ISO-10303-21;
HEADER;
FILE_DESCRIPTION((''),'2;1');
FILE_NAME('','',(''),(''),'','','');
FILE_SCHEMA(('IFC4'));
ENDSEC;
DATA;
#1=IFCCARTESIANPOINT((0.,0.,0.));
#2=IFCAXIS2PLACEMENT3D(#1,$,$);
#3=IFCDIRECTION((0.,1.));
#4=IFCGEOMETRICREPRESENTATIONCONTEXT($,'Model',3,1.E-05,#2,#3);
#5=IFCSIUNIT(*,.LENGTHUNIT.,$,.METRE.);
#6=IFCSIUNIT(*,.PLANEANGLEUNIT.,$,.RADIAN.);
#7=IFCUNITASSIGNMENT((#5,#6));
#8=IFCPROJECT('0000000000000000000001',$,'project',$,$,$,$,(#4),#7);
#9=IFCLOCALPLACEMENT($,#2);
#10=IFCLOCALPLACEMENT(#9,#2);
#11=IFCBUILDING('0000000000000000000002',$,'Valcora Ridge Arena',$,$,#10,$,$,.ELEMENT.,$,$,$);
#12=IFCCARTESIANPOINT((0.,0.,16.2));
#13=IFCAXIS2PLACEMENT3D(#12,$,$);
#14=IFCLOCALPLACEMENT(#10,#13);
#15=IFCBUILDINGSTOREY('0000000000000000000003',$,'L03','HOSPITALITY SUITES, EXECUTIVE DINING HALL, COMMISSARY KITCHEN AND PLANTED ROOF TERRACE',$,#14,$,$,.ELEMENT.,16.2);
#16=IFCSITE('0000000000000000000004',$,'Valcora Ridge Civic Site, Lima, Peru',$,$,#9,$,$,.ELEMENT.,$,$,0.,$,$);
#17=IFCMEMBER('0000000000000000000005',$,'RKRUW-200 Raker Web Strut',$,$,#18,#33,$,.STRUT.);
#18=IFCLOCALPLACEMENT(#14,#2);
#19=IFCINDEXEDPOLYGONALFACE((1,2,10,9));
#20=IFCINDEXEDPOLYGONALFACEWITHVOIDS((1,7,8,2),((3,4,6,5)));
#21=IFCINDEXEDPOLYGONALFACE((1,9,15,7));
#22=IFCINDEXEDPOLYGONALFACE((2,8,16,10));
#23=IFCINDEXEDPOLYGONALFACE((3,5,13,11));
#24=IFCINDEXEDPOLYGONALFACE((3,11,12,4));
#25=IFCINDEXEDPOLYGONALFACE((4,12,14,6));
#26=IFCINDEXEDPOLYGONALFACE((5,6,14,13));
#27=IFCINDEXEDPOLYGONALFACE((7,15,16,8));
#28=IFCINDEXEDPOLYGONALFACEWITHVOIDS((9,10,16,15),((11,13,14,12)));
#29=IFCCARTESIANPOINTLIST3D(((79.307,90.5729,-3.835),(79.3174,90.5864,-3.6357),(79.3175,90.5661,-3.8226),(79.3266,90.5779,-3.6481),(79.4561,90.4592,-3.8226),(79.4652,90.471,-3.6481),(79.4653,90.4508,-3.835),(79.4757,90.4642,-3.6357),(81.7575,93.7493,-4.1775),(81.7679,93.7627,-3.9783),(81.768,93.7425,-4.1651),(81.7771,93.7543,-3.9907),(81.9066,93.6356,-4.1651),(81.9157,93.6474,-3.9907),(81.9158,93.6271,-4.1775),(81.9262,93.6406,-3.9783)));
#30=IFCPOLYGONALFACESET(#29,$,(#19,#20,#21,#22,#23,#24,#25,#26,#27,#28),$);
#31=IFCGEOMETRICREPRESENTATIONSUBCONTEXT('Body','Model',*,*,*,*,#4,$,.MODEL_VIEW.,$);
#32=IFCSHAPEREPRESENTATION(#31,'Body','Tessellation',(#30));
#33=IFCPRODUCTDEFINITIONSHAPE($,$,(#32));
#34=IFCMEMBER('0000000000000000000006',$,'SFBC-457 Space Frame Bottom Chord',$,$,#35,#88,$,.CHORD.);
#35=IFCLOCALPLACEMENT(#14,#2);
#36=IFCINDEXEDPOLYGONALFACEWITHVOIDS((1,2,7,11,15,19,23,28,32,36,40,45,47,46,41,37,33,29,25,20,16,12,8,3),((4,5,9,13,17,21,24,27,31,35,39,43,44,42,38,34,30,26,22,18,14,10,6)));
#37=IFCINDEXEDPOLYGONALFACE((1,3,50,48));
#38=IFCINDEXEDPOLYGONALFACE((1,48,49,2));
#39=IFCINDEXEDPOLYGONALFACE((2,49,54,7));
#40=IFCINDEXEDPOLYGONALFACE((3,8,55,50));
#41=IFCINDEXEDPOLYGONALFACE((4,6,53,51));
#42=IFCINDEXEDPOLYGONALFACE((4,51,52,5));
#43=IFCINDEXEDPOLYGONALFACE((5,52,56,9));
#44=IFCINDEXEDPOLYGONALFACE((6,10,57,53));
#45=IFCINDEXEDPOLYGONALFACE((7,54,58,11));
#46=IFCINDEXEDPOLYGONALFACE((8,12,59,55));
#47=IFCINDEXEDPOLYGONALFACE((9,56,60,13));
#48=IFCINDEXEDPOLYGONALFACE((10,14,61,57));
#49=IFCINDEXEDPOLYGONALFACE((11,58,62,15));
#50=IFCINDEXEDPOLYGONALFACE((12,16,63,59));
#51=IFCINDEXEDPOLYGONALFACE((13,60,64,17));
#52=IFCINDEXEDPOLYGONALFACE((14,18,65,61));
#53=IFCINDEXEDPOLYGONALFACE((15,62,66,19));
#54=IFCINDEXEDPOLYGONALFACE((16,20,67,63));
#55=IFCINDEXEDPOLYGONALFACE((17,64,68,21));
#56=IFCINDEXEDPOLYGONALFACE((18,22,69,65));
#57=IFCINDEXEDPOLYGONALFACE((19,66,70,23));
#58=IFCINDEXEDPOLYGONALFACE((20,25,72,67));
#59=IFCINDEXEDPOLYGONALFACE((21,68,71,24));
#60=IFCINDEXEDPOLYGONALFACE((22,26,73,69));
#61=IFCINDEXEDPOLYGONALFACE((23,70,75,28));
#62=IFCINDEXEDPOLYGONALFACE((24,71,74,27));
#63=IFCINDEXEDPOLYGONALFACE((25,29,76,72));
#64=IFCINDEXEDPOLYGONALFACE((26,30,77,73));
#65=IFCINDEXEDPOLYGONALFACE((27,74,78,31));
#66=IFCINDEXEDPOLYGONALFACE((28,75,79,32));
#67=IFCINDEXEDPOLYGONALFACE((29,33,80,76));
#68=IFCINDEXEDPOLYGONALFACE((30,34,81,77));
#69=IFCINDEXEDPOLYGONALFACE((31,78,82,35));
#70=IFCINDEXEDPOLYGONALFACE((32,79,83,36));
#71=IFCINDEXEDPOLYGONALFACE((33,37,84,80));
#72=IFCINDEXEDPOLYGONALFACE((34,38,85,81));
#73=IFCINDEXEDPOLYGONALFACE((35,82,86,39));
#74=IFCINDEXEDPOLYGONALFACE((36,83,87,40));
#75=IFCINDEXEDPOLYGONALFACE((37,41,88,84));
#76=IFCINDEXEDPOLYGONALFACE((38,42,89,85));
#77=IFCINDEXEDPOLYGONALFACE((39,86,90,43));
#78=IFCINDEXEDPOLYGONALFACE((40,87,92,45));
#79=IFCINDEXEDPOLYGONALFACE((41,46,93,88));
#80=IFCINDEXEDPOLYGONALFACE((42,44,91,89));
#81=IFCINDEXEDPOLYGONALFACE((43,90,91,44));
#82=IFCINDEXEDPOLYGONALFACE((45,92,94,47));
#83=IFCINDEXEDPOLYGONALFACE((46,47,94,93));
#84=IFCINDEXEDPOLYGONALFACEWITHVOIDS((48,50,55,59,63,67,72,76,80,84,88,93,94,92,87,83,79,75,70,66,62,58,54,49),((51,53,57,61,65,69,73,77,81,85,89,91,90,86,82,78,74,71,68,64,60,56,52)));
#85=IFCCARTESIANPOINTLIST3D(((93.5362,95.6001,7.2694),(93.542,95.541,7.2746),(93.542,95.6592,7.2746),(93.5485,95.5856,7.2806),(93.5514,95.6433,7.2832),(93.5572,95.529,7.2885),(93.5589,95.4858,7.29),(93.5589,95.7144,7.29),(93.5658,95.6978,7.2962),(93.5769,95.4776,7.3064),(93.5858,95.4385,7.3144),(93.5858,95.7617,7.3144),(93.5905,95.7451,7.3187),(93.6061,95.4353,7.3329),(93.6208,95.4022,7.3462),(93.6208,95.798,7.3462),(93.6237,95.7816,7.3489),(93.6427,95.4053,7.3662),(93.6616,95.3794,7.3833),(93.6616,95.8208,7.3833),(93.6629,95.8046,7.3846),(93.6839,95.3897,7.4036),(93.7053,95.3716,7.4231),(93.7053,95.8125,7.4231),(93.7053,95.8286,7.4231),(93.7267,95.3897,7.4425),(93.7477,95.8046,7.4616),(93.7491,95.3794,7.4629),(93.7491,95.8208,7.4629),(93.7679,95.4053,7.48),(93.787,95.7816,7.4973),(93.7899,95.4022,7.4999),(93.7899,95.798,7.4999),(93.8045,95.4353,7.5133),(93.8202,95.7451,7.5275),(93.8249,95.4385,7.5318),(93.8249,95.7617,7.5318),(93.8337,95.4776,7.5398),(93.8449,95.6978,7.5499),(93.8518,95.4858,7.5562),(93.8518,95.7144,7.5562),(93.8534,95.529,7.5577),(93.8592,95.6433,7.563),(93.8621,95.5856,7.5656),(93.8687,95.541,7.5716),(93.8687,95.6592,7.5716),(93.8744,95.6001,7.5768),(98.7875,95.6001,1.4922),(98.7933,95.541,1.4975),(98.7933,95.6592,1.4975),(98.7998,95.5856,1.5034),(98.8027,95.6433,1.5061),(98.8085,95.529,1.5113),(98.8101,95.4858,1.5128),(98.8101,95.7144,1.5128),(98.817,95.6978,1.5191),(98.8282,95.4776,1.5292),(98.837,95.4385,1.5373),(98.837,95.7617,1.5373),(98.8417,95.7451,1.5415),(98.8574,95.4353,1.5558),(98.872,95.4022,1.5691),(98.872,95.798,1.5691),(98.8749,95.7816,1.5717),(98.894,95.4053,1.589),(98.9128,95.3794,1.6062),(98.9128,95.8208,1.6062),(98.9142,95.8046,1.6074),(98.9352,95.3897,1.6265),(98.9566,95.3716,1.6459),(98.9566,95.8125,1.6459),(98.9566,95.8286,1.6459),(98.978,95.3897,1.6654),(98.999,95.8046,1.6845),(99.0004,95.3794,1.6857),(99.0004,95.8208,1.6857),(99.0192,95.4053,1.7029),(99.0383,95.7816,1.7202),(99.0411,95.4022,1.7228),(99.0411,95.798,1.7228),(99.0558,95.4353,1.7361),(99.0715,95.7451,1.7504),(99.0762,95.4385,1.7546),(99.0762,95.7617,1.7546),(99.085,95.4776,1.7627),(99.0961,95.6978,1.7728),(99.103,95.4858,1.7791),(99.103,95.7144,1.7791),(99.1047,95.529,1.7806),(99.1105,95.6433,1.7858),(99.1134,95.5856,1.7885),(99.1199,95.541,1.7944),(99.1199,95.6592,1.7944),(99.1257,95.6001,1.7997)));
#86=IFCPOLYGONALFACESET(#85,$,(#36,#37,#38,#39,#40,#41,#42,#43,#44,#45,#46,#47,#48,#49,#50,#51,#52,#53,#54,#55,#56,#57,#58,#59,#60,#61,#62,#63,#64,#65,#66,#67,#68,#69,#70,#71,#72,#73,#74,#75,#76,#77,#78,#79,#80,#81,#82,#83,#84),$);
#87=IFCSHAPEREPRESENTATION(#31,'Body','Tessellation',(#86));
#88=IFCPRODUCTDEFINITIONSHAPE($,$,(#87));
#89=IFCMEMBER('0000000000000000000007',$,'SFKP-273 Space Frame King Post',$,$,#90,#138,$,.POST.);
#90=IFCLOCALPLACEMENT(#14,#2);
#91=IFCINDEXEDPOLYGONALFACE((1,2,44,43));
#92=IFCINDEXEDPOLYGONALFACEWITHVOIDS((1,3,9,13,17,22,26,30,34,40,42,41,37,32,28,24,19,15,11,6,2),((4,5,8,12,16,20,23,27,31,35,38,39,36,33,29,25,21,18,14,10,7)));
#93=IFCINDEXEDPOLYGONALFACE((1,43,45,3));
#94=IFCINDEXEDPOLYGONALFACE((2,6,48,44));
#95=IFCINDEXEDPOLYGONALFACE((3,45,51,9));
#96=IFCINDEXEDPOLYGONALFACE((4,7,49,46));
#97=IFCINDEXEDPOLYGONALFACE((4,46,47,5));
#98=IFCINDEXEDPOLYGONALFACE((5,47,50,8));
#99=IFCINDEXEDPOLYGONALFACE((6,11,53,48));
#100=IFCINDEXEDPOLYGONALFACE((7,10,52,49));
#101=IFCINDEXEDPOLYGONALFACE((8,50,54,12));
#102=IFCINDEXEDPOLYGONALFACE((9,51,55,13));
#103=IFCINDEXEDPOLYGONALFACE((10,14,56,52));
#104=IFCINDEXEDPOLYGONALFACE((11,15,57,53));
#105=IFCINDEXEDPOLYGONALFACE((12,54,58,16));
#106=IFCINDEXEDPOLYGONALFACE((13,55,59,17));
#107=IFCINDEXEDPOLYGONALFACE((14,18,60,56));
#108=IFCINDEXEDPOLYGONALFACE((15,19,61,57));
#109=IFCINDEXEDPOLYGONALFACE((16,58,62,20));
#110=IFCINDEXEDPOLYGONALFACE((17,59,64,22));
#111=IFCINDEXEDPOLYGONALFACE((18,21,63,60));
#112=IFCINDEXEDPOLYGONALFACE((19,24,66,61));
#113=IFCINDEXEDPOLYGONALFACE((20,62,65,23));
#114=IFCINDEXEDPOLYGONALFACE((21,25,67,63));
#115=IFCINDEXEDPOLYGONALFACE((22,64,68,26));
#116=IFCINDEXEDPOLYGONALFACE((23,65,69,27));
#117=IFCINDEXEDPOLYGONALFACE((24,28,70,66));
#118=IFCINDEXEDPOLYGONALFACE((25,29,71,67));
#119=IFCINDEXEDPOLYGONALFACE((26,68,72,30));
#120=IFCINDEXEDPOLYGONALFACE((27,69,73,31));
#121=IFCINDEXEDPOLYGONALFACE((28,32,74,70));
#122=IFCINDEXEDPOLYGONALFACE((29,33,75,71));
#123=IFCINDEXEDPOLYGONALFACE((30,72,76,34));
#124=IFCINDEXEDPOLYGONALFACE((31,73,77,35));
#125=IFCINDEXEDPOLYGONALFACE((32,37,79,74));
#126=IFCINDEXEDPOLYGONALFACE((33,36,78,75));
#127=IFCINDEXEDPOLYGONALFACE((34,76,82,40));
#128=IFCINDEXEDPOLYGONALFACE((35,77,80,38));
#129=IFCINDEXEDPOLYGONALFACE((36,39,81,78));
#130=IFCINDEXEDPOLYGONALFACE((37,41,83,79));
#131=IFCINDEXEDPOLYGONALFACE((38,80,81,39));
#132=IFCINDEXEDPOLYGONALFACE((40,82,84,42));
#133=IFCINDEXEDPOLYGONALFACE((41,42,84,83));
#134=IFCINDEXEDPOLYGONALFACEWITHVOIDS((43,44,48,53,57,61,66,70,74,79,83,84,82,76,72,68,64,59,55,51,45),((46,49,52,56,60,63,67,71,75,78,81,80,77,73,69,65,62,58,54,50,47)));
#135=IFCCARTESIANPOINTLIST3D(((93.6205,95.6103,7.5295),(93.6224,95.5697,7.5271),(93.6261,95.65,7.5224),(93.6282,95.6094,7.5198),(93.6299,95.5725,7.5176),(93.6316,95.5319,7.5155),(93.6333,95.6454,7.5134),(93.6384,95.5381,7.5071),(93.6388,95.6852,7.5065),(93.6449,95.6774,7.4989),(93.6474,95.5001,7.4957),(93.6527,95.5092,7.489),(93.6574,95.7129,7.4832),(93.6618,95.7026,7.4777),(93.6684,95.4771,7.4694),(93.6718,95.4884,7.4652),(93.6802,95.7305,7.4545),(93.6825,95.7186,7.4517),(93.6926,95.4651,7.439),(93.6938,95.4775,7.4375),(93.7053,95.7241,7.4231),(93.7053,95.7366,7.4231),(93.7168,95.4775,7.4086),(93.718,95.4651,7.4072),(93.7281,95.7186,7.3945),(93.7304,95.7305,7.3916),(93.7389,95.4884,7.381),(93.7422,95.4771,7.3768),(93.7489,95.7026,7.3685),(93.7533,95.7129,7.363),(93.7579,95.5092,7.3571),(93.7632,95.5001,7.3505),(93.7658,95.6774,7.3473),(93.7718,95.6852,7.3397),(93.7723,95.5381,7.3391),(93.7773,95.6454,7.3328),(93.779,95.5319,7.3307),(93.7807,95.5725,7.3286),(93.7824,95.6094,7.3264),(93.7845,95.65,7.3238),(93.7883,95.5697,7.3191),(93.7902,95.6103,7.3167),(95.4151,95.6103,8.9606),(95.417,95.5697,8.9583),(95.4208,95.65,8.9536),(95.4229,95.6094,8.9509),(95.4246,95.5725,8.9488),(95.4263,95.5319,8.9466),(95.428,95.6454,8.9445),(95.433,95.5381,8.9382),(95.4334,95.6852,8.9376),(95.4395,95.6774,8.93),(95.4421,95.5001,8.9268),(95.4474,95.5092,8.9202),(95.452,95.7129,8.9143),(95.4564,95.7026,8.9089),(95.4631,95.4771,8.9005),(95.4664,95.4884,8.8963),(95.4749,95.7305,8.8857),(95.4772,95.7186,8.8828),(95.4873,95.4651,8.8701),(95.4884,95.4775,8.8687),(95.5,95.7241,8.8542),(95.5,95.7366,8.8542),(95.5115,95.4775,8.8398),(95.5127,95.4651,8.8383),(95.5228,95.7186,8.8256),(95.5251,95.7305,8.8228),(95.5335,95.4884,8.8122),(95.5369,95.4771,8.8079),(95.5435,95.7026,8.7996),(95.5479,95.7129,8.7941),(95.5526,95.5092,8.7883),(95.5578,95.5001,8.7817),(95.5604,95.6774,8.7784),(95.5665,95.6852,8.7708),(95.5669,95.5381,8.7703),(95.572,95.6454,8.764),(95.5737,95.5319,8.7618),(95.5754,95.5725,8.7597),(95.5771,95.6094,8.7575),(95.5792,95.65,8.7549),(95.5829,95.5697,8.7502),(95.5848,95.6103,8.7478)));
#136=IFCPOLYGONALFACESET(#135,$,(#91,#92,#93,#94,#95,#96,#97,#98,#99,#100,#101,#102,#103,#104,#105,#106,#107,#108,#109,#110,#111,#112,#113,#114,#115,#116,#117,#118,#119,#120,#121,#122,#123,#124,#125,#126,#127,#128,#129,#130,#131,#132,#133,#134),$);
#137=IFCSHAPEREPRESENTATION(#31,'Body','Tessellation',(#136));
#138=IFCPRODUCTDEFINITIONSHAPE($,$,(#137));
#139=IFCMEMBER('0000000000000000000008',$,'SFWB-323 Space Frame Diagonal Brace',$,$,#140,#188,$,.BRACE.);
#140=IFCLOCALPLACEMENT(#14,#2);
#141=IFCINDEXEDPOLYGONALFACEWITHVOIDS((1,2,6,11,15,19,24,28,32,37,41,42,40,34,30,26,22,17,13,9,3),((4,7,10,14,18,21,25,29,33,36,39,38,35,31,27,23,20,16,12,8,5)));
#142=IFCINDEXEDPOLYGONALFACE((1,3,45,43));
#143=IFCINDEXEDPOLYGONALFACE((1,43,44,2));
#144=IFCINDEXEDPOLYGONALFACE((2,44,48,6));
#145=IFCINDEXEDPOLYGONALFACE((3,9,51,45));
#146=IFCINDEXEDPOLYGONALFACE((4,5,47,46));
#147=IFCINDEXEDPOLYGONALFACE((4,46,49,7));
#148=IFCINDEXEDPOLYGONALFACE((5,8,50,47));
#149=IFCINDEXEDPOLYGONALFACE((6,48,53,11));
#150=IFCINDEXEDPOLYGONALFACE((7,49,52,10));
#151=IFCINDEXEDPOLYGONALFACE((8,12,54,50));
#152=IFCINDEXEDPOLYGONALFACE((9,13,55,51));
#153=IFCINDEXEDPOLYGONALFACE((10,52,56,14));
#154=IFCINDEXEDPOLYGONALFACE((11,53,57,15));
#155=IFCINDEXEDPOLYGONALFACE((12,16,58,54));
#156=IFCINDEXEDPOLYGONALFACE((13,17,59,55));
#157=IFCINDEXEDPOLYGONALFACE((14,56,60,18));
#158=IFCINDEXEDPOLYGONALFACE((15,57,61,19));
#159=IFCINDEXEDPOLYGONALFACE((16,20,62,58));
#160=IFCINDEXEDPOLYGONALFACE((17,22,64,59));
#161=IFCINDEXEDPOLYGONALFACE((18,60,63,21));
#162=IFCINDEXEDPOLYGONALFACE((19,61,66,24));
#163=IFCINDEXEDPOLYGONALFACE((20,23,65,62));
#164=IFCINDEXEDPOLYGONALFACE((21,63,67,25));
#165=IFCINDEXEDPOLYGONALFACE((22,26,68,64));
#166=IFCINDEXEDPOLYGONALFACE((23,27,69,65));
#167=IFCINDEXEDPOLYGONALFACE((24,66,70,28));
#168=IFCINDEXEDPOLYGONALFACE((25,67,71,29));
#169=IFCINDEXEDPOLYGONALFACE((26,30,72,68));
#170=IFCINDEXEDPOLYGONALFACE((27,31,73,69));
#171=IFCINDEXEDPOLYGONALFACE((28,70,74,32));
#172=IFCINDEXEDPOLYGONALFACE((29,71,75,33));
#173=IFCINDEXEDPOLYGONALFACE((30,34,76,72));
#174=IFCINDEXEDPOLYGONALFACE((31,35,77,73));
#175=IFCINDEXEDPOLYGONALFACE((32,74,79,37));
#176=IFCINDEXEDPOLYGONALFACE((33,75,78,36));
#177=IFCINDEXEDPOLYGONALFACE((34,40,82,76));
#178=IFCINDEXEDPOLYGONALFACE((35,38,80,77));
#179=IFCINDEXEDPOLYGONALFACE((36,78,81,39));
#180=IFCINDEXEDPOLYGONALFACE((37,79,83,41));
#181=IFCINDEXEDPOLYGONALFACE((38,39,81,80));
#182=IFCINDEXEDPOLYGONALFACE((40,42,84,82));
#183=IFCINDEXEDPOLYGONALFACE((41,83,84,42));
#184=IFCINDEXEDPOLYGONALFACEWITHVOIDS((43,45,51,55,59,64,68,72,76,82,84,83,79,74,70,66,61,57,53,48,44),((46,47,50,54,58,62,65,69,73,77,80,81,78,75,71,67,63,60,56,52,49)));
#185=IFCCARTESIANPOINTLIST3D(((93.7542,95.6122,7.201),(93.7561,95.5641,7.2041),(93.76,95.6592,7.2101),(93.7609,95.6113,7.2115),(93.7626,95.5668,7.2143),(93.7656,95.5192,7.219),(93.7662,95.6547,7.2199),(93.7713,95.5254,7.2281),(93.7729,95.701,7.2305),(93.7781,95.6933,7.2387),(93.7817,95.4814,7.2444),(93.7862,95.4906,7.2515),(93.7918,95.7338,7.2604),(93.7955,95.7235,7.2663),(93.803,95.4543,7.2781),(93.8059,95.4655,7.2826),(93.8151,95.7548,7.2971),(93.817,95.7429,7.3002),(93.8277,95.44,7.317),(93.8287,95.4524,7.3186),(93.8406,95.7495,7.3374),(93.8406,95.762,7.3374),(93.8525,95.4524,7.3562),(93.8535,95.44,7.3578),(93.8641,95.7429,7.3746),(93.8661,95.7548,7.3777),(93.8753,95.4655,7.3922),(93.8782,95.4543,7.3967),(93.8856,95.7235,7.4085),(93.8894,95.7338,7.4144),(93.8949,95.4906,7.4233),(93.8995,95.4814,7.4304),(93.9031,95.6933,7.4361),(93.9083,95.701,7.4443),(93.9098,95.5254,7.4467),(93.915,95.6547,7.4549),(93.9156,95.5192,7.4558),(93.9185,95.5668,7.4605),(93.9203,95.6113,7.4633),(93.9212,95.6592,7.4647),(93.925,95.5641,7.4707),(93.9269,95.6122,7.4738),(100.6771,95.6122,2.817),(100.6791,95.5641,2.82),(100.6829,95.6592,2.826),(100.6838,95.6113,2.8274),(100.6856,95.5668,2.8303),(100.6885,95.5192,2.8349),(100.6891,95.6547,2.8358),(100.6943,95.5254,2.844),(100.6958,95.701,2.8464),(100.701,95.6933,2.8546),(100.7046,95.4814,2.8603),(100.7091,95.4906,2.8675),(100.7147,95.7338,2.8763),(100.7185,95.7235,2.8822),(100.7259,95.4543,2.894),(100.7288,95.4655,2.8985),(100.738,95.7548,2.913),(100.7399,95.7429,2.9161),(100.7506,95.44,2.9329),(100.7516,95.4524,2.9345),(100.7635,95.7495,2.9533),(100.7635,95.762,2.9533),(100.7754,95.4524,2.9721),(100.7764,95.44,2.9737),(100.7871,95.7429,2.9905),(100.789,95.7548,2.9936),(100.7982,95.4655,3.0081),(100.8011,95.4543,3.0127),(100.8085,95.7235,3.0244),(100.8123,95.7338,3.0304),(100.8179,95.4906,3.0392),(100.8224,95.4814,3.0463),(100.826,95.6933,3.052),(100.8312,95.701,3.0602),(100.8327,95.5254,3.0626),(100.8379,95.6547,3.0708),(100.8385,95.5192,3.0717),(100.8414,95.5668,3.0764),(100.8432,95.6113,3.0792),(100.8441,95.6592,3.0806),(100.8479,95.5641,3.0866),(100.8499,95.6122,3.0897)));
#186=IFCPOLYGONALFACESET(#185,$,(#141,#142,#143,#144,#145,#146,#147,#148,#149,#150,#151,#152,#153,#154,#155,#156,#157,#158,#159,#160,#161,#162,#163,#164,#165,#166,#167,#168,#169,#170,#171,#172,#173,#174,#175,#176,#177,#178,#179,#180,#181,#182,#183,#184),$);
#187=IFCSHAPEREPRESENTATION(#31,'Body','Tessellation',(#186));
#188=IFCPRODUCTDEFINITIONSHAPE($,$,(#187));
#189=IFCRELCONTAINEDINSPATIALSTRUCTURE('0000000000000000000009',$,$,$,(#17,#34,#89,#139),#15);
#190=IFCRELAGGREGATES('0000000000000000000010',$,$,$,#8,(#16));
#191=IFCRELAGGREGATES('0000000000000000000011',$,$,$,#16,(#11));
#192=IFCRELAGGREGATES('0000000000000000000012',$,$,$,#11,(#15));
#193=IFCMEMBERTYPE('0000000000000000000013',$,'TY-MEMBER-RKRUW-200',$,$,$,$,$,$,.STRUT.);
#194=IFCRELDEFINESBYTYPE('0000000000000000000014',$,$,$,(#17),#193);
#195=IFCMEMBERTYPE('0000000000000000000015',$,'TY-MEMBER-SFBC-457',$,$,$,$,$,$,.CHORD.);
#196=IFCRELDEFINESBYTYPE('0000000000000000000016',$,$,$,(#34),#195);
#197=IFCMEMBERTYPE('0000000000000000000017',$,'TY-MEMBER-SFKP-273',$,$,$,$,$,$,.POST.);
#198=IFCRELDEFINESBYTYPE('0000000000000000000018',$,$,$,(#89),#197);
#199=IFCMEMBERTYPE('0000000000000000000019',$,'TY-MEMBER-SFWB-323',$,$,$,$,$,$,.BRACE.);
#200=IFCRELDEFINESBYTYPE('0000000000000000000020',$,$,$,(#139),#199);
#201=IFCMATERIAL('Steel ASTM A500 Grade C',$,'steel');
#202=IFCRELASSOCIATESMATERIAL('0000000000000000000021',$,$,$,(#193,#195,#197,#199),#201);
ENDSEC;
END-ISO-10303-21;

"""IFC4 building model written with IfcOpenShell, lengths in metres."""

from ifc_helpers import new_model, si_unit, direction, frame, origin, origin_2d, place, context, subcontext, project, spatial, hollow_rectangle, hollow_circle, extrude, material, material_profile, profile_set, type_object, element, save


model = new_model("IFC4")

# Units and contexts
model_context = context("Model", 3, precision=1e-05, world=origin(), true_north=direction((0.0, 1.0)))
body_context = subcontext(model_context, "Body", "Model", "MODEL_VIEW")
ifc_project = project(units=[si_unit("LENGTHUNIT", "METRE"), si_unit("PLANEANGLEUNIT", "RADIAN")], contexts=[model_context])

# Site, building, storey
site_placement = place(None, origin())
site = spatial("IfcSite", under=ifc_project, at=site_placement, Name="Valcora Ridge Civic Site, Lima, Peru", CompositionType="ELEMENT", RefElevation=0.0)
building_placement = place(site_placement, origin())
building = spatial("IfcBuilding", under=site, at=building_placement, Name="Valcora Ridge Arena", CompositionType="ELEMENT")
storey_placement = place(building_placement, frame((0.0, 0.0, 16.2)))
storey = spatial("IfcBuildingStorey", under=building, at=storey_placement, Name="L03", Description="HOSPITALITY SUITES, EXECUTIVE DINING HALL, COMMISSARY KITCHEN AND PLANTED ROOF TERRACE", CompositionType="ELEMENT", Elevation=16.2)

# Members
ifc_material_1 = material(Name="Steel ASTM A500 Grade C", Category="steel")
ifc_material_profile_1 = material_profile(ifc_material_1, hollow_rectangle(XDim=0.2, YDim=0.2, WallThickness=0.0125, at=origin_2d()), Name="HSS200X200X12")
ifc_profile_set_1 = profile_set([ifc_material_profile_1], Name="Steel ASTM A500 Grade C")
member_type_1 = type_object("IfcMemberType", Name="TY-MEMBER-RKRUW-200", PredefinedType="STRUT", material=ifc_profile_set_1)
member_1_placement = place(storey_placement, frame((79.3914, 90.5186, -3.7354), z_axis=(0.608616, 0.788891, -0.085074), x_axis=(-0.791761, 0.610831, 0.0)))
element("IfcMember", 1, at=member_1_placement, inside=storey, type_object=member_type_1, Name="RKRUW-200 Raker Web Strut", PredefinedType="STRUT", context=body_context, shape_type="SweptSolid", body=[
    extrude(hollow_rectangle(XDim=0.2, YDim=0.2, WallThickness=0.0125, at=origin_2d()), origin(), (0.0, 0.0, 1.0), 4.0264),
])
ifc_material_profile_2 = material_profile(ifc_material_1, hollow_circle(Radius=0.2285, WallThickness=0.0161, at=origin_2d()), Name="CHS457X16")
ifc_profile_set_2 = profile_set([ifc_material_profile_2], Name="Steel ASTM A500 Grade C")
member_type_2 = type_object("IfcMemberType", Name="TY-MEMBER-SFBC-457", PredefinedType="CHORD", material=ifc_profile_set_2)
member_2_placement = place(storey_placement, frame((93.7053, 95.6001, 7.4231), z_axis=(0.672625, 0.0, -0.739984), x_axis=(0.0, 1.0, 0.0)))
element("IfcMember", 2, at=member_2_placement, inside=storey, type_object=member_type_2, Name="SFBC-457 Space Frame Bottom Chord", PredefinedType="CHORD", context=body_context, shape_type="SweptSolid", body=[
    extrude(hollow_circle(Radius=0.2285, WallThickness=0.0161, at=origin_2d()), origin(), (0.0, 0.0, 1.0), 7.8071),
])
ifc_material_profile_3 = material_profile(ifc_material_1, hollow_circle(Radius=0.1365, WallThickness=0.0125, at=origin_2d()), Name="CHS273X12")
ifc_profile_set_3 = profile_set([ifc_material_profile_3], Name="Steel ASTM A500 Grade C")
member_type_3 = type_object("IfcMemberType", Name="TY-MEMBER-SFKP-273", PredefinedType="POST", material=ifc_profile_set_3)
member_3_placement = place(storey_placement, frame((93.7053, 95.6001, 7.4231), z_axis=(0.781843, 0.0, 0.623475), x_axis=(0.0, 1.0, 0.0)))
element("IfcMember", 3, at=member_3_placement, inside=storey, type_object=member_type_3, Name="SFKP-273 Space Frame King Post", PredefinedType="POST", context=body_context, shape_type="SweptSolid", body=[
    extrude(hollow_circle(Radius=0.1365, WallThickness=0.0125, at=origin_2d()), origin(), (0.0, 0.0, 1.0), 2.2954),
])
ifc_material_profile_4 = material_profile(ifc_material_1, hollow_circle(Radius=0.1619, WallThickness=0.0125, at=origin_2d()), Name="CHS323X12")
ifc_profile_set_4 = profile_set([ifc_material_profile_4], Name="Steel ASTM A500 Grade C")
member_type_4 = type_object("IfcMemberType", Name="TY-MEMBER-SFWB-323", PredefinedType="BRACE", material=ifc_profile_set_4)
member_4_placement = place(storey_placement, frame((93.8406, 95.6001, 7.3374), z_axis=(0.844843, 0.0, -0.535014), x_axis=(0.0, 1.0, 0.0)))
element("IfcMember", 4, at=member_4_placement, inside=storey, type_object=member_type_4, Name="SFWB-323 Space Frame Diagonal Brace", PredefinedType="BRACE", context=body_context, shape_type="SweptSolid", body=[
    extrude(hollow_circle(Radius=0.1619, WallThickness=0.0125, at=origin_2d()), origin(), (0.0, 0.0, 1.0), 8.1943),
])

save(model, "model.ifc")
